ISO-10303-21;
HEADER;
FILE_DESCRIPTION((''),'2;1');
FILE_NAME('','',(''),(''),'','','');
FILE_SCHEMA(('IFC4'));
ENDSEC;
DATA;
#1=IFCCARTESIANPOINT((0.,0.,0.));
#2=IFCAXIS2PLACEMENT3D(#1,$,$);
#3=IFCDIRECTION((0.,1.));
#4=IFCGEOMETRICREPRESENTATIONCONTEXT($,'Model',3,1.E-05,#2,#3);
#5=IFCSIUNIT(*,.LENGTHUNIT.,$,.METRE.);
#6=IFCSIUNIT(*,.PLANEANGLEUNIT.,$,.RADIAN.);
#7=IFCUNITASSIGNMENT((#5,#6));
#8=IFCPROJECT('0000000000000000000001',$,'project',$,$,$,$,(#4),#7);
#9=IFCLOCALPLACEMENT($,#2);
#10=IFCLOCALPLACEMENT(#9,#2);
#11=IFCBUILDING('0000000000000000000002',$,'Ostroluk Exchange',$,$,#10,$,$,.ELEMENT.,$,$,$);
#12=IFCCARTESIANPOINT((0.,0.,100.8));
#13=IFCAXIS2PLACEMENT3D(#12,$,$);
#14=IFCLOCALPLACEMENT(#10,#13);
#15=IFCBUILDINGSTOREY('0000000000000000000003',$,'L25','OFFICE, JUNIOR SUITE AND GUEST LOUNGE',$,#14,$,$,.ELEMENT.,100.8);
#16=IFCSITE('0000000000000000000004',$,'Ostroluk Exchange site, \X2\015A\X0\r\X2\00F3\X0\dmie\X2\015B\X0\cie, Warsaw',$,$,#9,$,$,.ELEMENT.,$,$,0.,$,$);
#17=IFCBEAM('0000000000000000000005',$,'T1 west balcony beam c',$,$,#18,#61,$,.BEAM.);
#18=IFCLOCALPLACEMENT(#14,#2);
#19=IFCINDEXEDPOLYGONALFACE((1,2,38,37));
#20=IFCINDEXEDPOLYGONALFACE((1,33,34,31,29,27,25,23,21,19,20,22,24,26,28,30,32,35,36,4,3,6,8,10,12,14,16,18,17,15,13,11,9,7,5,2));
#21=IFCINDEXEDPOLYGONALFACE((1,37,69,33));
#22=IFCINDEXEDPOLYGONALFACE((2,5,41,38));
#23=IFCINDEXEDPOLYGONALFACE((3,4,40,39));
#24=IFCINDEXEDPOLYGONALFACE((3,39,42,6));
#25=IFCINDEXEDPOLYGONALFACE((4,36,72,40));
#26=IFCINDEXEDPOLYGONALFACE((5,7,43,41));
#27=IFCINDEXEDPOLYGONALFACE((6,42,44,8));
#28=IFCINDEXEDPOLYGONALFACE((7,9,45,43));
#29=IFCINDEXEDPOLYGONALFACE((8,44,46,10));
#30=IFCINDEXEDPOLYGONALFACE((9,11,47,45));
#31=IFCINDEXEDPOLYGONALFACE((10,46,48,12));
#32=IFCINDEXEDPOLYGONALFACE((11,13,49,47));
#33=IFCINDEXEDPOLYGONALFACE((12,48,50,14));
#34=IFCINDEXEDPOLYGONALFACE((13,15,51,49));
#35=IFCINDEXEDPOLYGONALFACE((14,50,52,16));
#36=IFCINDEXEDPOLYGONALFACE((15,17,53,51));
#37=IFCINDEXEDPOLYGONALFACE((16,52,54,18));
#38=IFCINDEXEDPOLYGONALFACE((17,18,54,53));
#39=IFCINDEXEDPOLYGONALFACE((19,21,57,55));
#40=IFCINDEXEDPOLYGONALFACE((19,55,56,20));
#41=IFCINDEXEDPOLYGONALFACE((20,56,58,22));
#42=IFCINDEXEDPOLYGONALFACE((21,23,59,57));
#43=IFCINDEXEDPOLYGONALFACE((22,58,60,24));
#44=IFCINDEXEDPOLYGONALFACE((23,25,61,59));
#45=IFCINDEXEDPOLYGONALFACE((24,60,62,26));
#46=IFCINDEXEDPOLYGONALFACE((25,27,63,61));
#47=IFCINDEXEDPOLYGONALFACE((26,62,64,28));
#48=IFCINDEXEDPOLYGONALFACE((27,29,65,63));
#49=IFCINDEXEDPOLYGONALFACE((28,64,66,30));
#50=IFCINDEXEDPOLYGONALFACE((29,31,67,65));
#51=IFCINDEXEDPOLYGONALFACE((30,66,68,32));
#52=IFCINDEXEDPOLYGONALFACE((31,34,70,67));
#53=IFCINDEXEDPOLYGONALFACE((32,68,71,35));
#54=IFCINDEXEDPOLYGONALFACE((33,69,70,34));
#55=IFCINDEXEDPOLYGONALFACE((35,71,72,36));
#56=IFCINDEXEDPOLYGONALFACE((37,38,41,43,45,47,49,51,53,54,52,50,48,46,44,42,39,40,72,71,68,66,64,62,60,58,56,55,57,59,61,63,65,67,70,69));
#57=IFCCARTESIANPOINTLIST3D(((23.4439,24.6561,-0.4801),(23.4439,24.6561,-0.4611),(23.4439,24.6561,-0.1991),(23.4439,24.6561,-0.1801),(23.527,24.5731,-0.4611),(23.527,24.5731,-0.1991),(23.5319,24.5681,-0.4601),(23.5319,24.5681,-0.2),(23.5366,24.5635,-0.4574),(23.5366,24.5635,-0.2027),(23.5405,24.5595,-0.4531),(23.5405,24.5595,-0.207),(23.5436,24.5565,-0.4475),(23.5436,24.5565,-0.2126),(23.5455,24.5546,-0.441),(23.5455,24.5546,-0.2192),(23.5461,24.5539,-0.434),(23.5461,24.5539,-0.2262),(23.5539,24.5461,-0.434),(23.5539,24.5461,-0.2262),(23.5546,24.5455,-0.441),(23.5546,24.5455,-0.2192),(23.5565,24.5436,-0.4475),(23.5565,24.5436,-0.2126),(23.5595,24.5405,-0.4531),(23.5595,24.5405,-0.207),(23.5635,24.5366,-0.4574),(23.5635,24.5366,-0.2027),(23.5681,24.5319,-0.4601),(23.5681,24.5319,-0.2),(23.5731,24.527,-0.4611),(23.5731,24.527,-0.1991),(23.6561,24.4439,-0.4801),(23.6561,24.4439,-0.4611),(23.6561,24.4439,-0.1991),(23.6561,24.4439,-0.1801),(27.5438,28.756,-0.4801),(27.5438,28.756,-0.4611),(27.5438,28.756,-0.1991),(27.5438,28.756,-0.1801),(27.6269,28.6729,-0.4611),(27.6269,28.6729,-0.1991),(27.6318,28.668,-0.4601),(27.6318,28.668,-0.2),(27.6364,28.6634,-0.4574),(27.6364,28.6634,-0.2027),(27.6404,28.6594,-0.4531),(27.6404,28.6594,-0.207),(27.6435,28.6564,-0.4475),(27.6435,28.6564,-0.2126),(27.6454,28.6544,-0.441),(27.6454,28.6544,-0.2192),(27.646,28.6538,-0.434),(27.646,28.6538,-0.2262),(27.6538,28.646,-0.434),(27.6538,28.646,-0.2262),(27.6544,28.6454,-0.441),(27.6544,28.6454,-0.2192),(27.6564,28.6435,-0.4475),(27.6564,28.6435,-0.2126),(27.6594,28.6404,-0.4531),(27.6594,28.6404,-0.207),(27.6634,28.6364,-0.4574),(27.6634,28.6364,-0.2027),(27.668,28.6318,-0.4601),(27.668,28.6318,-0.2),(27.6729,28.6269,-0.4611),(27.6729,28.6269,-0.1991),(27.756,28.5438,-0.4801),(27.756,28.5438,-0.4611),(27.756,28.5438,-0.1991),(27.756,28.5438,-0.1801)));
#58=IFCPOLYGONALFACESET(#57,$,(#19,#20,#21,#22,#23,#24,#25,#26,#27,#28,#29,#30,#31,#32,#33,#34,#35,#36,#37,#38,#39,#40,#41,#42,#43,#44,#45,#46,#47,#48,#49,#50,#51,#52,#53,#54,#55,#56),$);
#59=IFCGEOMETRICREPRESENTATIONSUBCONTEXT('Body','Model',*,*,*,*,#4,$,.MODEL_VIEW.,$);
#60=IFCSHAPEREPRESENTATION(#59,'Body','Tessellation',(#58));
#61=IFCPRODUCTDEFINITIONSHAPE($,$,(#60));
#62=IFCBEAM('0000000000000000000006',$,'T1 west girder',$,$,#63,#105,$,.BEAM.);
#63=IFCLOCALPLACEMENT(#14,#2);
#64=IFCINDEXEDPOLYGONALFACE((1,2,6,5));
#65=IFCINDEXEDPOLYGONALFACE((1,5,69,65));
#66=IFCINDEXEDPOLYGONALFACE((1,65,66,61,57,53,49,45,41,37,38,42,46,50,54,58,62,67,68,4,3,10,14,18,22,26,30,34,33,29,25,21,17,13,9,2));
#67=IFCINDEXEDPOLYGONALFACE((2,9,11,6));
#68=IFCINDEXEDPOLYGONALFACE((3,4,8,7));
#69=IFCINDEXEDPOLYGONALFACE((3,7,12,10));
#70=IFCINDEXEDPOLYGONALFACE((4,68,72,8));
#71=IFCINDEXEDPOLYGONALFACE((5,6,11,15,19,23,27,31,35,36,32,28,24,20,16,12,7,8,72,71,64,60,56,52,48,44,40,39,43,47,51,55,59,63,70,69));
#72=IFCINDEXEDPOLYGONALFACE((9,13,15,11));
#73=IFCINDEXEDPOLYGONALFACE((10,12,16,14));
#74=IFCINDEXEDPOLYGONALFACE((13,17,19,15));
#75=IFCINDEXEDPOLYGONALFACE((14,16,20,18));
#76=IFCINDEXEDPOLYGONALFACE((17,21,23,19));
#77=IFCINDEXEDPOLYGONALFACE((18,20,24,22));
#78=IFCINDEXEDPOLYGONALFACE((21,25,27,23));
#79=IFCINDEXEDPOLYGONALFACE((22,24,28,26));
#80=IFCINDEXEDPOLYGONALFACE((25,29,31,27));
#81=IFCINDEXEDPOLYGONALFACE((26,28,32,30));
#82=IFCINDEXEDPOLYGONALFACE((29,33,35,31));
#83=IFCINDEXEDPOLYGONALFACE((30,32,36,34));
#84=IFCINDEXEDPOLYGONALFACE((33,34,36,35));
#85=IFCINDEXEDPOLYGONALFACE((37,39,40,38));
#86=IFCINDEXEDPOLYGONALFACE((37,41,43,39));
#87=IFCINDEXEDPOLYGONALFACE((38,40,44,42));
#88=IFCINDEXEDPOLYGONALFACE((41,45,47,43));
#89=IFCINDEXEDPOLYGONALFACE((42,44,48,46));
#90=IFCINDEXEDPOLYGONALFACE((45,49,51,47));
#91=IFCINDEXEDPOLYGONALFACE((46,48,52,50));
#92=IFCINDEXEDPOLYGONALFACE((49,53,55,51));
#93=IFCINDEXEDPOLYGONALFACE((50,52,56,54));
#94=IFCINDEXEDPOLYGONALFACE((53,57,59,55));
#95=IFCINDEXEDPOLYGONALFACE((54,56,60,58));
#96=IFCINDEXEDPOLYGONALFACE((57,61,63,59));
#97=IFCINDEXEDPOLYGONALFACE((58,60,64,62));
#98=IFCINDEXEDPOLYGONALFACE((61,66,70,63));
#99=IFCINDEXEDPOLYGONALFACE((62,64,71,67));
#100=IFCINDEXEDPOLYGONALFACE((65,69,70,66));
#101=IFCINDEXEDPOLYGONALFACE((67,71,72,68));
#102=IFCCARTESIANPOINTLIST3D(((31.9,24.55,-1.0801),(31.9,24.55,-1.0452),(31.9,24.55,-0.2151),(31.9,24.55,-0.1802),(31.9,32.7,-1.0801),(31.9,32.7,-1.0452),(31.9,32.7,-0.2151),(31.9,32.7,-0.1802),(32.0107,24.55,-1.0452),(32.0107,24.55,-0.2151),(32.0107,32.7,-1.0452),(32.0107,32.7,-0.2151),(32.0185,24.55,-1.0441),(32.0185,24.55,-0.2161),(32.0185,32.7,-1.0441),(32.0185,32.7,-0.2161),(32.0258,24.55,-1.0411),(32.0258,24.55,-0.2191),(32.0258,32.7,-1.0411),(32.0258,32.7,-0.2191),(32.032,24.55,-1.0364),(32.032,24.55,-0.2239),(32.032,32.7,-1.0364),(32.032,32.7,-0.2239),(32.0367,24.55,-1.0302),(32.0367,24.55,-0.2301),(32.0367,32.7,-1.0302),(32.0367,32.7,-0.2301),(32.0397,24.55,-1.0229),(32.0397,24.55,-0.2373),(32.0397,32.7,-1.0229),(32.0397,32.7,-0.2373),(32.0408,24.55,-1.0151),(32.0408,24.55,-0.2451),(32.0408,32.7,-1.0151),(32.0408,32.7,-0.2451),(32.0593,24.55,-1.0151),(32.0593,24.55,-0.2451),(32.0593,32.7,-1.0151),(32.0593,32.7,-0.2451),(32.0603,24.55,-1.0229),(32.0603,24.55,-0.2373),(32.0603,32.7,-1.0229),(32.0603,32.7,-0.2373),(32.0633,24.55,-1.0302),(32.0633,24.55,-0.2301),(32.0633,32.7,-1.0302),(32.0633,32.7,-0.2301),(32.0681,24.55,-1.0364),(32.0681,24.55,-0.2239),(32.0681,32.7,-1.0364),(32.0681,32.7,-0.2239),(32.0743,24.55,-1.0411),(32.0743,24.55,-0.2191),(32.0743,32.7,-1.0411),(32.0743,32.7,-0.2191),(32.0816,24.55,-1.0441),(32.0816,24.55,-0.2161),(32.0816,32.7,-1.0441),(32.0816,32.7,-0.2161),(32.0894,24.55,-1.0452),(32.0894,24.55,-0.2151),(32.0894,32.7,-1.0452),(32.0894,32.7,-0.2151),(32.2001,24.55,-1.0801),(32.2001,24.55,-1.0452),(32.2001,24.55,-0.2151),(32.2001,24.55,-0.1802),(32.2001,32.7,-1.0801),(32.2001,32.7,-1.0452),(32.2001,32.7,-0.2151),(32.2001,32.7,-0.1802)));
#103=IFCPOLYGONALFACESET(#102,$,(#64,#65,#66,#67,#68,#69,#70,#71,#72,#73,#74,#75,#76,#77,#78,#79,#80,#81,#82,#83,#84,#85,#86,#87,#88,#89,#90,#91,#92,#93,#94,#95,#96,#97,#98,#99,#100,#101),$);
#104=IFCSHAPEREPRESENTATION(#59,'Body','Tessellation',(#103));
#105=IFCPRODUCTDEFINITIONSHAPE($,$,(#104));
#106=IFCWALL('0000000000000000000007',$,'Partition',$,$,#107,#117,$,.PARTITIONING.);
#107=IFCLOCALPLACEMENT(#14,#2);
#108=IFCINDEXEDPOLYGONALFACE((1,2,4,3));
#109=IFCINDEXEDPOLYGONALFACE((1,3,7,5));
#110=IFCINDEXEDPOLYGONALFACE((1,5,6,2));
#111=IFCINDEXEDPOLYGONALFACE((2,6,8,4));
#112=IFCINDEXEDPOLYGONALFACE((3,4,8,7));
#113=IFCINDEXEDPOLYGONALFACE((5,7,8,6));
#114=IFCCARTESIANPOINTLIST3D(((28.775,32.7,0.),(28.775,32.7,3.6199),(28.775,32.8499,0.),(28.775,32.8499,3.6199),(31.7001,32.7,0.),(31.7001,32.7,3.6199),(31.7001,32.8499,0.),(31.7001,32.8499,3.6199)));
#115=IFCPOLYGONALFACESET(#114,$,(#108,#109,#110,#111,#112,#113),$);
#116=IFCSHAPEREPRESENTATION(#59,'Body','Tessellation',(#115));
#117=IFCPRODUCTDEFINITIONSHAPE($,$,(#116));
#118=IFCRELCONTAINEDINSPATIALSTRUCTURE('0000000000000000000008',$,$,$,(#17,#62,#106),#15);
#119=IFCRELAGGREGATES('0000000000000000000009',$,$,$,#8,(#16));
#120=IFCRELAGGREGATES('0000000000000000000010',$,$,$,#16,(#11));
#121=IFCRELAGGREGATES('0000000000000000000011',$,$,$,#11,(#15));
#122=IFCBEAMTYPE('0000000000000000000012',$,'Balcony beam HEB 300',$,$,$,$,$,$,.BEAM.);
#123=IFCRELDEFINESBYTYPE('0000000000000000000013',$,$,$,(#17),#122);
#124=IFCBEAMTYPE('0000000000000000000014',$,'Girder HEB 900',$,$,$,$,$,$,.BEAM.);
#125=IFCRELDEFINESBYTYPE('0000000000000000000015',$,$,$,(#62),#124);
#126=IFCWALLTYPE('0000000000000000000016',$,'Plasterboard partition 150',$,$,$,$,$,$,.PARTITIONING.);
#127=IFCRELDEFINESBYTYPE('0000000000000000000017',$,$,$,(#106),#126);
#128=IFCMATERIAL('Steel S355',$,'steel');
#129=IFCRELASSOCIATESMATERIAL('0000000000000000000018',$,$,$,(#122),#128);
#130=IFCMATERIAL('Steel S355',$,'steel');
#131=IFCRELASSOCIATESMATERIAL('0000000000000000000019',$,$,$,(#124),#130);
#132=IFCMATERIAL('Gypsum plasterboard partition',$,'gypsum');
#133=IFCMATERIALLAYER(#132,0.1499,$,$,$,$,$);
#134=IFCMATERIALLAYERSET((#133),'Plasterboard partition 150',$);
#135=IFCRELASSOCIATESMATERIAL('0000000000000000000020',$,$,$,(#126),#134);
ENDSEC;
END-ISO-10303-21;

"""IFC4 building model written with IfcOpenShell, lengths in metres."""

from ifc_helpers import new_model, si_unit, direction, frame, frame_2d, origin, origin_2d, place, context, subcontext, project, spatial, rectangle, i_section, extrude, material, layer, layer_set, material_profile, profile_set, type_object, element, save


model = new_model("IFC4")

# Units and contexts
model_context = context("Model", 3, precision=1e-05, world=origin(), true_north=direction((0.0, 1.0)))
body_context = subcontext(model_context, "Body", "Model", "MODEL_VIEW")
ifc_project = project(units=[si_unit("LENGTHUNIT", "METRE"), si_unit("PLANEANGLEUNIT", "RADIAN")], contexts=[model_context])

# Site, building, storey
site_placement = place(None, origin())
site = spatial("IfcSite", under=ifc_project, at=site_placement, Name="Ostroluk Exchange site, Śródmieście, Warsaw", CompositionType="ELEMENT", RefElevation=0.0)
building_placement = place(site_placement, origin())
building = spatial("IfcBuilding", under=site, at=building_placement, Name="Ostroluk Exchange", CompositionType="ELEMENT")
storey_placement = place(building_placement, frame((0.0, 0.0, 100.8)))
storey = spatial("IfcBuildingStorey", under=building, at=storey_placement, Name="L25", Description="OFFICE, JUNIOR SUITE AND GUEST LOUNGE", CompositionType="ELEMENT", Elevation=100.8)

# Beams
ifc_material_1 = material(Name="Steel S355", Category="steel")
ifc_material_profile_1 = material_profile(ifc_material_1, i_section(OverallWidth=0.3, OverallDepth=0.3, WebThickness=0.011, FlangeThickness=0.019, FilletRadius=0.0271, at=origin_2d()), Name="HEB 300")
ifc_profile_set_1 = profile_set([ifc_material_profile_1], Name="Steel S355")
beam_type_1 = type_object("IfcBeamType", Name="Balcony beam HEB 300", PredefinedType="BEAM", material=ifc_profile_set_1)
beam_1_placement = place(storey_placement, frame((27.6499, 28.6499, -0.3301), z_axis=(-0.707107, -0.707107, 0.0), x_axis=(0.707107, -0.707107, 0.0)))
element("IfcBeam", 1, at=beam_1_placement, inside=storey, type_object=beam_type_1, Name="T1 west balcony beam c", PredefinedType="BEAM", context=body_context, shape_type="SweptSolid", body=[
    extrude(i_section(OverallWidth=0.3, OverallDepth=0.3, WebThickness=0.011, FlangeThickness=0.019, FilletRadius=0.0271, at=origin_2d()), origin(), (0.0, 0.0, 1.0), 5.7981),
])
ifc_material_2 = material(Name="Steel S355", Category="steel")
ifc_material_profile_2 = material_profile(ifc_material_2, i_section(OverallWidth=0.3, OverallDepth=0.8999, WebThickness=0.0186, FlangeThickness=0.0349, FilletRadius=0.03, at=origin_2d()), Name="HEB 900")
ifc_profile_set_2 = profile_set([ifc_material_profile_2], Name="Steel S355")
beam_type_2 = type_object("IfcBeamType", Name="Girder HEB 900", PredefinedType="BEAM", material=ifc_profile_set_2)
beam_2_placement = place(storey_placement, frame((32.05, 32.7, -0.6301), z_axis=(0.0, -1.0, 0.0), x_axis=(1.0, 0.0, 0.0)))
element("IfcBeam", 2, at=beam_2_placement, inside=storey, type_object=beam_type_2, Name="T1 west girder", PredefinedType="BEAM", context=body_context, shape_type="SweptSolid", body=[
    extrude(i_section(OverallWidth=0.3, OverallDepth=0.8999, WebThickness=0.0186, FlangeThickness=0.0349, FilletRadius=0.03, at=origin_2d()), origin(), (0.0, 0.0, 1.0), 8.1499),
])

# Wall
ifc_material_3 = material(Name="Gypsum plasterboard partition", Category="gypsum")
ifc_layer = layer(ifc_material_3, 0.1499)
ifc_layer_set = layer_set([ifc_layer], Name="Plasterboard partition 150")
wall_type = type_object("IfcWallType", Name="Plasterboard partition 150", PredefinedType="PARTITIONING", material=ifc_layer_set)
wall_1_placement = place(storey_placement, frame((31.7, 32.7749, 0.0), z_axis=(0.0, 0.0, 1.0), x_axis=(-1.0, 0.0, 0.0)))
element("IfcWall", 3, at=wall_1_placement, inside=storey, type_object=wall_type, Name="Partition", PredefinedType="PARTITIONING", context=body_context, shape_type="SweptSolid", body=[
    extrude(rectangle(XDim=2.925, YDim=0.1499, at=frame_2d((1.4624, 0.0))), origin(), (0.0, 0.0, 1.0), 3.6199),
])

save(model, "model.ifc")
